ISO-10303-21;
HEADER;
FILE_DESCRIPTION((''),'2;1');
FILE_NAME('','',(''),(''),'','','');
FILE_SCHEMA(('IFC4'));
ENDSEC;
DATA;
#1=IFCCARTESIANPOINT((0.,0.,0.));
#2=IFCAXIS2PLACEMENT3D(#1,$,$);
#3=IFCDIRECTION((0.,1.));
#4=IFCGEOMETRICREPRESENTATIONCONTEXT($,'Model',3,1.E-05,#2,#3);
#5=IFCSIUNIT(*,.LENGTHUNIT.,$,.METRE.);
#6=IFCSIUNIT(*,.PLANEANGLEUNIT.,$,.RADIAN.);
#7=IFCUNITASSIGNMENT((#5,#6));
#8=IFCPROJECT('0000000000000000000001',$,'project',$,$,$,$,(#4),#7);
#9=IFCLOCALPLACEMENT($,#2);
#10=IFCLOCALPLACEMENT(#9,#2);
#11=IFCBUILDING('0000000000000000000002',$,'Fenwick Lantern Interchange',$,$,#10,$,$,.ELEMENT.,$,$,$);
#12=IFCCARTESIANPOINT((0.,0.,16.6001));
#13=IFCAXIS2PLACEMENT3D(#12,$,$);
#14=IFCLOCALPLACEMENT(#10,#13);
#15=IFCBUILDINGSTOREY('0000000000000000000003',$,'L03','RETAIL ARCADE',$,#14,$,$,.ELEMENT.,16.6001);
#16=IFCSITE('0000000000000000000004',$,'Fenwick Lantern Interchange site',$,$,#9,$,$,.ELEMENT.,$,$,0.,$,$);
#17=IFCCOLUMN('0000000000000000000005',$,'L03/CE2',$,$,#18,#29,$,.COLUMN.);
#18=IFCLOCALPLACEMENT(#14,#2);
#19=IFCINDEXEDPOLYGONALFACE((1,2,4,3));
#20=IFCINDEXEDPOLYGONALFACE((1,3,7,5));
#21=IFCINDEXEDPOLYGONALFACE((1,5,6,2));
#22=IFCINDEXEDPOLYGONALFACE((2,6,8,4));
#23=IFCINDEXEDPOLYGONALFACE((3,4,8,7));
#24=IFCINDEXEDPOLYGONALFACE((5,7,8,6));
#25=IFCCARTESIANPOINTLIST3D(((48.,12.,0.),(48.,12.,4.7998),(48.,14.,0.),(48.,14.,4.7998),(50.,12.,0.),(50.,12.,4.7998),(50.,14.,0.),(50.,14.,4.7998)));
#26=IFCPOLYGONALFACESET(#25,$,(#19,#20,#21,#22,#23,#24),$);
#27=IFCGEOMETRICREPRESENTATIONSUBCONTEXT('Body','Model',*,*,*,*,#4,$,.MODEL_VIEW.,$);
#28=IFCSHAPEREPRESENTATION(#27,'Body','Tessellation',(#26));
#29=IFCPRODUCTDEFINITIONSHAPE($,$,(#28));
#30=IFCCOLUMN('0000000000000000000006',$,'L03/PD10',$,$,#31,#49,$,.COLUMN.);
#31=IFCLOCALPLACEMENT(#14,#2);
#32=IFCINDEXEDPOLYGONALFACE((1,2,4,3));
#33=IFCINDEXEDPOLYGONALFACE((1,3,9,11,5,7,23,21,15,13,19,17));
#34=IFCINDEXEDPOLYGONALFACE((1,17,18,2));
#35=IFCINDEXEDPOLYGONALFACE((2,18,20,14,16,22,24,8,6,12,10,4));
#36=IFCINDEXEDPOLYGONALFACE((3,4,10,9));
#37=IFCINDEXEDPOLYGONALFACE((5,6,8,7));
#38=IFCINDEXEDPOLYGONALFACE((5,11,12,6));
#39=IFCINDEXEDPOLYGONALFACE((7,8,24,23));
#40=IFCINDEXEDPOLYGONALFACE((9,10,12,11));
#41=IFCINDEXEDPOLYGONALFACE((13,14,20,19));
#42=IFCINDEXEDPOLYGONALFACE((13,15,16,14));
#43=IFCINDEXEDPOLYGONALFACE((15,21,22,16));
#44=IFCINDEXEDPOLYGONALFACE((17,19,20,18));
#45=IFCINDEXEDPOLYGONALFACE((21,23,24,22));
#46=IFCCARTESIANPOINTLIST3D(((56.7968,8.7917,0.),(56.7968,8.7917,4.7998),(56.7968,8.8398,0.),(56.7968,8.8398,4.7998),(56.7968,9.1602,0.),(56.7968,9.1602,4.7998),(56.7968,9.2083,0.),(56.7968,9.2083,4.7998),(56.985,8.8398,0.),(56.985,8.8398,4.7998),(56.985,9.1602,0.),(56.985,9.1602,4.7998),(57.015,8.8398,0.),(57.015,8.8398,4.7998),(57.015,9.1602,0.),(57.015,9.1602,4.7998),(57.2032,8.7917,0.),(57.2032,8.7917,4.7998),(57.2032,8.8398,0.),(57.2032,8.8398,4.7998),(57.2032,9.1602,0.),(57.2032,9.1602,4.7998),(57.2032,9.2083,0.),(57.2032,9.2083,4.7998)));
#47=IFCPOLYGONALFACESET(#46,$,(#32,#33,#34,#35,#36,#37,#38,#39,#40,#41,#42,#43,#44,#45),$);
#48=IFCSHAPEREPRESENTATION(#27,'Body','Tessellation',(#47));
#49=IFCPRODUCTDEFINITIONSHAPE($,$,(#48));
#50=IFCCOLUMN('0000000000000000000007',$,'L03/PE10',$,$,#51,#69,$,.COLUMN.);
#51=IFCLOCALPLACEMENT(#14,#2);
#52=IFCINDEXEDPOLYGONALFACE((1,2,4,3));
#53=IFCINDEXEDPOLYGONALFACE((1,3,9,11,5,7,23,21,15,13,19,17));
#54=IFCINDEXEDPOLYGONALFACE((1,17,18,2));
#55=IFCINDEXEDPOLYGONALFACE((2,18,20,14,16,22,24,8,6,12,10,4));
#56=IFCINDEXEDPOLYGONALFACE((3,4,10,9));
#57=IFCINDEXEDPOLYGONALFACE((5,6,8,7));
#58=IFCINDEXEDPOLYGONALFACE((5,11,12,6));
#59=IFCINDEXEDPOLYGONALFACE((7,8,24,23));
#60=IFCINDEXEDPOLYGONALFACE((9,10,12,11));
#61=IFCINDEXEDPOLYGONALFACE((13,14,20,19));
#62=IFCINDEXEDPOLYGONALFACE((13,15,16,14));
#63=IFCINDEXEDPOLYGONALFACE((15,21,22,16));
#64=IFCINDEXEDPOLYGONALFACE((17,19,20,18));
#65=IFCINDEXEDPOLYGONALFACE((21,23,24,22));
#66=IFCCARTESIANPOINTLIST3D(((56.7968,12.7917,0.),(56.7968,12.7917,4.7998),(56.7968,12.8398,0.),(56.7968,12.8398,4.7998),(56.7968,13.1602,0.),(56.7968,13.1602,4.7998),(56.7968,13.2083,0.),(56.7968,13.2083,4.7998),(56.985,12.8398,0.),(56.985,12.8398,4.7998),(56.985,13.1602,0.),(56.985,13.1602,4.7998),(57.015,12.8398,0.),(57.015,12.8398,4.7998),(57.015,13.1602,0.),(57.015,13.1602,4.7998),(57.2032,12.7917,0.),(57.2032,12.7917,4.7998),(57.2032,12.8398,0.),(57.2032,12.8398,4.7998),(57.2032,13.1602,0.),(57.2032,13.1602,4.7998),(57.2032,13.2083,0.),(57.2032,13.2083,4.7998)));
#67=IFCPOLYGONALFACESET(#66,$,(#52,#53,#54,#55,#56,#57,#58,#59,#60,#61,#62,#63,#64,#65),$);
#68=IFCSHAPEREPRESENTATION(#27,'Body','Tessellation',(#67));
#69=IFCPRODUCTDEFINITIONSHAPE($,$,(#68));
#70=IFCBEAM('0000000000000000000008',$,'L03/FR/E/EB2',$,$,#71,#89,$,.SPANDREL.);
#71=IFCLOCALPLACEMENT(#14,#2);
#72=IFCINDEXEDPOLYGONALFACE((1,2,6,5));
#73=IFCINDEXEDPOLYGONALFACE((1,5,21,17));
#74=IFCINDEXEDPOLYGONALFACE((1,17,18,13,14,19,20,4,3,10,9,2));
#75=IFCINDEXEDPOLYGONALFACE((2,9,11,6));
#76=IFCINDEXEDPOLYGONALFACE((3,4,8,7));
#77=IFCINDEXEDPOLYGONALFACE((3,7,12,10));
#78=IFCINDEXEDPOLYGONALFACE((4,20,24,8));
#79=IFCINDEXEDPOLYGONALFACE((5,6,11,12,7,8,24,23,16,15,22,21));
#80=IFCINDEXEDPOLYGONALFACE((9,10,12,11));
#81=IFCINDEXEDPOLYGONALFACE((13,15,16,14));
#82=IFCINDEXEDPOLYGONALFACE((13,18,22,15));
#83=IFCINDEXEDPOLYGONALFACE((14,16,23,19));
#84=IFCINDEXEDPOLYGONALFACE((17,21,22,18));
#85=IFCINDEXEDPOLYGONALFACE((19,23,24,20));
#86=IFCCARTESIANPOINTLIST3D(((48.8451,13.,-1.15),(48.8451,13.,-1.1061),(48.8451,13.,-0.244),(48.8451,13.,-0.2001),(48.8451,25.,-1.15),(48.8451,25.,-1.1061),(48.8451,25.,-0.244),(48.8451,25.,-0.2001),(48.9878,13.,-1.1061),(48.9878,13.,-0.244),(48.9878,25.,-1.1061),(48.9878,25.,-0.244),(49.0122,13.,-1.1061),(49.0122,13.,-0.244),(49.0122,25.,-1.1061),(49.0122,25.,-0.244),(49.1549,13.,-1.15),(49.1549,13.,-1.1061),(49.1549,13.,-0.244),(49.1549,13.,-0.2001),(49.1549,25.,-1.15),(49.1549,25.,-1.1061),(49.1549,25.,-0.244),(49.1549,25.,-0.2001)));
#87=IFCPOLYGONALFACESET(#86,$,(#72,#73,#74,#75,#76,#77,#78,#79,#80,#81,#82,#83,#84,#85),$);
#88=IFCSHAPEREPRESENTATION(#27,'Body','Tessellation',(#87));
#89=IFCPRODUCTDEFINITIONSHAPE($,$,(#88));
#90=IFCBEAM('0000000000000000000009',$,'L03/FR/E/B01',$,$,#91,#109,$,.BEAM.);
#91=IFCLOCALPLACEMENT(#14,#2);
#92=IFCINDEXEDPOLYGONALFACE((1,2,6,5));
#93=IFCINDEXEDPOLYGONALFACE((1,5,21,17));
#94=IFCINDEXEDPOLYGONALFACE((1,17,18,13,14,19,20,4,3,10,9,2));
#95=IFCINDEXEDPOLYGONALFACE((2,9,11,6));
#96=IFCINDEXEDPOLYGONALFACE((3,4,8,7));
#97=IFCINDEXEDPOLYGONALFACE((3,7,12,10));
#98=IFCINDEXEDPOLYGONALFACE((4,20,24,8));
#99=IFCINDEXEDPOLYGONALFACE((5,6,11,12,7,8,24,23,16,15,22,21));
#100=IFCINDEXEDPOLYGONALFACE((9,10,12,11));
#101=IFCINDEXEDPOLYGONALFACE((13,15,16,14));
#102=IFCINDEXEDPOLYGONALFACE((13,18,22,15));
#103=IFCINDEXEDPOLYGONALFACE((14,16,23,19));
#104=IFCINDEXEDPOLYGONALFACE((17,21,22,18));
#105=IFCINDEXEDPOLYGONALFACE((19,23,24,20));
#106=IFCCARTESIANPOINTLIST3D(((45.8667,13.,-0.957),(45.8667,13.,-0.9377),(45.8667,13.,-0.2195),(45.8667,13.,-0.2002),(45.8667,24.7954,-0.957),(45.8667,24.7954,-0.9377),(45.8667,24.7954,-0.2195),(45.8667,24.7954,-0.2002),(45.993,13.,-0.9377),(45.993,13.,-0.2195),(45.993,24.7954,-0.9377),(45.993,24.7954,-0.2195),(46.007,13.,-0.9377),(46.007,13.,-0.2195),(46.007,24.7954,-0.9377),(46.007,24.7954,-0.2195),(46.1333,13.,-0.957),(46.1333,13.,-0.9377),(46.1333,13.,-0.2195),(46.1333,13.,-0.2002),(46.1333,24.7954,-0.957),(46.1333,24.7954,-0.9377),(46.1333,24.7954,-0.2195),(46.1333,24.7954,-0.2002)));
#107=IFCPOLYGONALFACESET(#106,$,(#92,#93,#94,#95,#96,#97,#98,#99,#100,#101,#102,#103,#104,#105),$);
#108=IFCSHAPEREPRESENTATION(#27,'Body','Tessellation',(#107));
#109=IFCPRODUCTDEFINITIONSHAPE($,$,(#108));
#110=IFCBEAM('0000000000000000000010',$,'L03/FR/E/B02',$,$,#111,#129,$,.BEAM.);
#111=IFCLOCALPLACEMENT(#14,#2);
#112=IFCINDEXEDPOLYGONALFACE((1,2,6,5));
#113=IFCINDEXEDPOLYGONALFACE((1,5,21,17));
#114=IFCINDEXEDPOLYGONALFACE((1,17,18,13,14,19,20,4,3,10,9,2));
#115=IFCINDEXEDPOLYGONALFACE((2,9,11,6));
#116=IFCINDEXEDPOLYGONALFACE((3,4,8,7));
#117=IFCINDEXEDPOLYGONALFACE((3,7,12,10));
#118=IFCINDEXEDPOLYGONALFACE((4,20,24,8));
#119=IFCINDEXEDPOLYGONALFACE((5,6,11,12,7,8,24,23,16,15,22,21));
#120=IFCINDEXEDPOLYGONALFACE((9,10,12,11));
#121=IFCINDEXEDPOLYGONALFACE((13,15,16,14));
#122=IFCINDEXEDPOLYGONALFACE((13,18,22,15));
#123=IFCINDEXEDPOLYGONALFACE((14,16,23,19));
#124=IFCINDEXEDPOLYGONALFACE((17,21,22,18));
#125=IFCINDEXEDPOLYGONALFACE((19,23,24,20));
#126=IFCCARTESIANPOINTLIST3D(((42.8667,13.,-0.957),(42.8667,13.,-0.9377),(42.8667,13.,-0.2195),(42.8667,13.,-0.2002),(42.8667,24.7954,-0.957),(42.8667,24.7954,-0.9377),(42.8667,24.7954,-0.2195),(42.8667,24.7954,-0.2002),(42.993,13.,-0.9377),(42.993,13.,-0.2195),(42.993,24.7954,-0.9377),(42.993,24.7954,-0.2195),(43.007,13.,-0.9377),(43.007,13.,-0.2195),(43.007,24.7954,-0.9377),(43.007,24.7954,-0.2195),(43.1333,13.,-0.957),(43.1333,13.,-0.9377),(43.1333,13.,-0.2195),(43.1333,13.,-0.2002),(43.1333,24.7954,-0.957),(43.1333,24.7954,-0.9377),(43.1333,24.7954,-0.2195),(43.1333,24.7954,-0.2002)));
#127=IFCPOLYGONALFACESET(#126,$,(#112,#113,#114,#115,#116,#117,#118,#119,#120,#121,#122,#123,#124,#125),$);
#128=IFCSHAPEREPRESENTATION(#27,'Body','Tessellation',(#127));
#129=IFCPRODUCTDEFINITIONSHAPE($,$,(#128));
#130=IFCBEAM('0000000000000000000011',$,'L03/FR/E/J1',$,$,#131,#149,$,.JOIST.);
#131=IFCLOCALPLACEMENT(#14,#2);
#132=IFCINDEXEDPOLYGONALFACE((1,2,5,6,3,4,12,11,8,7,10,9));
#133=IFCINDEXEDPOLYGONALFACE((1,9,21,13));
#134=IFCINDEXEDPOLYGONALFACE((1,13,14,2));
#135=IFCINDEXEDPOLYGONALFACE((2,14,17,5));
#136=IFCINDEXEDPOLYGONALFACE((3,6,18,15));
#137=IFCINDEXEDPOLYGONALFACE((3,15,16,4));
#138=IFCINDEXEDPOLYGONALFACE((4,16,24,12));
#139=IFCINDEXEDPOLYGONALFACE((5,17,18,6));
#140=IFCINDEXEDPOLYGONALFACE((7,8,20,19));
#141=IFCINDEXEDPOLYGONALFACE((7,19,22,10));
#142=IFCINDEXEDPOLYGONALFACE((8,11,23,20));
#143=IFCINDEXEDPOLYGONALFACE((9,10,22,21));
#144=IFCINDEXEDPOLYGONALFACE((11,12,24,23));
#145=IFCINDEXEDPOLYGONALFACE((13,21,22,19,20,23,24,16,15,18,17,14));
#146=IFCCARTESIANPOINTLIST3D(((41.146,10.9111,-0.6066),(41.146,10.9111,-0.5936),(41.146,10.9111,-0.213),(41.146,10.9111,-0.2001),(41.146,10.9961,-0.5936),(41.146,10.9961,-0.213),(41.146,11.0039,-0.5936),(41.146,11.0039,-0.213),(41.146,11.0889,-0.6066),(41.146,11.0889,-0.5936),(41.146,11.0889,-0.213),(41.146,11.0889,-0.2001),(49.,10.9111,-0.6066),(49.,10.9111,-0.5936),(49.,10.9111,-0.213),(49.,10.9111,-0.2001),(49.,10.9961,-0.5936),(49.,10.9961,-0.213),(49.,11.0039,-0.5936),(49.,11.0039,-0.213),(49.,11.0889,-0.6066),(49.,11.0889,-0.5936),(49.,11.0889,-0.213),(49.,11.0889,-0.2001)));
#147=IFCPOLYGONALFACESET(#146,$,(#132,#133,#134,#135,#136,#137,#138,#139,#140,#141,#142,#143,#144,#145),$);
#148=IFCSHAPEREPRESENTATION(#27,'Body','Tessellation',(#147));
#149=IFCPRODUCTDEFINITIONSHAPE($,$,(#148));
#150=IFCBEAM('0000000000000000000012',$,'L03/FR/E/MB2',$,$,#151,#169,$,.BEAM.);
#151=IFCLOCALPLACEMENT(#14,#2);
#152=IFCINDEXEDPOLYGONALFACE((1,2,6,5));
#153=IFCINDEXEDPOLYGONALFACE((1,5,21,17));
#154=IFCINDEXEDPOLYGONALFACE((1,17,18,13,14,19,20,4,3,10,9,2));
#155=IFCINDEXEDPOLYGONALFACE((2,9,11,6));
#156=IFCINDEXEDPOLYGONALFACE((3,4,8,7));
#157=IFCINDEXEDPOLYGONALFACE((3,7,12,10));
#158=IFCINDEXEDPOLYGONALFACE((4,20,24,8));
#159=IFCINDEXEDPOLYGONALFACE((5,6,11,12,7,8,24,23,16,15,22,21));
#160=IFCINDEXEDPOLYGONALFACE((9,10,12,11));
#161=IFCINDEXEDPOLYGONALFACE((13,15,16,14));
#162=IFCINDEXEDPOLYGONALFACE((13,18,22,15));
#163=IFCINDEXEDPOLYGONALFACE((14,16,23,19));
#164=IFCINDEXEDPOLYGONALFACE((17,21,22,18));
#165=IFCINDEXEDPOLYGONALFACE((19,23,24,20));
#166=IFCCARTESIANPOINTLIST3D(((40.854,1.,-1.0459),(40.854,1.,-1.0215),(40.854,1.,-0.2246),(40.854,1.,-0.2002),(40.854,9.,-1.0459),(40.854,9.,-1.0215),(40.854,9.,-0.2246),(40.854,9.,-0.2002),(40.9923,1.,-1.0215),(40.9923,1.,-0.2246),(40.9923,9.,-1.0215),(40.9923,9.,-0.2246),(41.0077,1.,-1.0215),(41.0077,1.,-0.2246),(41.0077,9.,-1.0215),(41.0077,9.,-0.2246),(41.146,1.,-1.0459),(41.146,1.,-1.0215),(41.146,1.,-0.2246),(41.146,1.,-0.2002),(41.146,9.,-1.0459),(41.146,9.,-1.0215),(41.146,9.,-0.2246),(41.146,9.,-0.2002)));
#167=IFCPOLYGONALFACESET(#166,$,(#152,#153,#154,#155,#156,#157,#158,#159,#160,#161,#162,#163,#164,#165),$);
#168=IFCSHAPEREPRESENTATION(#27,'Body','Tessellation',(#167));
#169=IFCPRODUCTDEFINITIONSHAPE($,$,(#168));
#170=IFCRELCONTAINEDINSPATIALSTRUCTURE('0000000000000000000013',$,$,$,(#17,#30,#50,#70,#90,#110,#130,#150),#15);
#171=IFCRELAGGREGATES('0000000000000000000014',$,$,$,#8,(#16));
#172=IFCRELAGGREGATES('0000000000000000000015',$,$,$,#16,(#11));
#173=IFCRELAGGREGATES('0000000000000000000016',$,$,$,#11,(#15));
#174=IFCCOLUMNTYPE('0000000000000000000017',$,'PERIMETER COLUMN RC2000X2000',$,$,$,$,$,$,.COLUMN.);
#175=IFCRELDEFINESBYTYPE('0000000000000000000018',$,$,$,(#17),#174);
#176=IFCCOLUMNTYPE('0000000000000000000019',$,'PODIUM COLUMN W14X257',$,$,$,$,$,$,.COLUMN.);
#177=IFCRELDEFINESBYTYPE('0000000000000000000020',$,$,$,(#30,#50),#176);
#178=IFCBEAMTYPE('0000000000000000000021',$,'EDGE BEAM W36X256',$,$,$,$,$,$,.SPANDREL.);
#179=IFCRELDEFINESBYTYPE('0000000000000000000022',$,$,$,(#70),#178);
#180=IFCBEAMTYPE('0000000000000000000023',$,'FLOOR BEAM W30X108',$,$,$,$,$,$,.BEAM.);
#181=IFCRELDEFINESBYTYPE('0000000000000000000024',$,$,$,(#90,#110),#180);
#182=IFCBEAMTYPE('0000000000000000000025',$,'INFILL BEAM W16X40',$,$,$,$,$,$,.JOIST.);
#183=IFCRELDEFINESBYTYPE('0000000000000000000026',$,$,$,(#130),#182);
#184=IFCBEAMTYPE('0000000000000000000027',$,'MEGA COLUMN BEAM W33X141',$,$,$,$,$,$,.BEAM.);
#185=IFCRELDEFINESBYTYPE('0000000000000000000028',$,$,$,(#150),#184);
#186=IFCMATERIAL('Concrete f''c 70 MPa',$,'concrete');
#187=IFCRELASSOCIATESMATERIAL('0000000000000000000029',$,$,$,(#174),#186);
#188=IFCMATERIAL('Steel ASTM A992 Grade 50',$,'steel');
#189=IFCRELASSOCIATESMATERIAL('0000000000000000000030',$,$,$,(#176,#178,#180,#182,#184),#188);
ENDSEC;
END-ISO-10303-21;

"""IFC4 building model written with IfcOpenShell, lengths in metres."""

from ifc_helpers import new_model, si_unit, direction, frame, origin, origin_2d, place, context, subcontext, project, spatial, rectangle, i_section, extrude, material, material_profile, profile_set, type_object, element, save


model = new_model("IFC4")

# Units and contexts
model_context = context("Model", 3, precision=1e-05, world=origin(), true_north=direction((0.0, 1.0)))
body_context = subcontext(model_context, "Body", "Model", "MODEL_VIEW")
ifc_project = project(units=[si_unit("LENGTHUNIT", "METRE"), si_unit("PLANEANGLEUNIT", "RADIAN")], contexts=[model_context])

# Site, building, storey
site_placement = place(None, origin())
site = spatial("IfcSite", under=ifc_project, at=site_placement, Name="Fenwick Lantern Interchange site", CompositionType="ELEMENT", RefElevation=0.0)
building_placement = place(site_placement, origin())
building = spatial("IfcBuilding", under=site, at=building_placement, Name="Fenwick Lantern Interchange", CompositionType="ELEMENT")
storey_placement = place(building_placement, frame((0.0, 0.0, 16.6001)))
storey = spatial("IfcBuildingStorey", under=building, at=storey_placement, Name="L03", Description="RETAIL ARCADE", CompositionType="ELEMENT", Elevation=16.6001)

# Columns
ifc_material_1 = material(Name="Concrete f'c 70 MPa", Category="concrete")
ifc_material_profile_1 = material_profile(ifc_material_1, rectangle(XDim=2.0, YDim=2.0, at=origin_2d()), Name="RC2000X2000")
ifc_profile_set_1 = profile_set([ifc_material_profile_1], Name="Concrete f'c 70 MPa")
column_type_1 = type_object("IfcColumnType", Name="PERIMETER COLUMN RC2000X2000", PredefinedType="COLUMN", material=ifc_profile_set_1)
column_placement = place(storey_placement, frame((49.0, 13.0, 0.0), z_axis=(0.0, 0.0, 1.0), x_axis=(1.0, 0.0, 0.0)))
element("IfcColumn", 1, at=column_placement, inside=storey, type_object=column_type_1, Name="L03/CE2", PredefinedType="COLUMN", context=body_context, shape_type="SweptSolid", body=[
    extrude(rectangle(XDim=2.0, YDim=2.0, at=origin_2d()), origin(), (0.0, 0.0, 1.0), 4.7998),
])
ifc_material_2 = material(Name="Steel ASTM A992 Grade 50", Category="steel")
ifc_material_profile_2 = material_profile(ifc_material_2, i_section(OverallWidth=0.4065, OverallDepth=0.4165, WebThickness=0.03, FlangeThickness=0.0481, at=origin_2d()), Name="W14X257")
ifc_profile_set_2 = profile_set([ifc_material_profile_2], Name="Steel ASTM A992 Grade 50")
column_type_2 = type_object("IfcColumnType", Name="PODIUM COLUMN W14X257", PredefinedType="COLUMN", material=ifc_profile_set_2)
for number, where, z_axis, x_axis, name in (
    (2, (57.0, 9.0, 0.0), (0.0, 0.0, 1.0), (1.0, 0.0, 0.0), "L03/PD10"),
    (3, (57.0, 13.0, 0.0), (0.0, 0.0, 1.0), (1.0, 0.0, 0.0), "L03/PE10"),
):
    element("IfcColumn", number, at=place(storey_placement, frame(where, z_axis=z_axis, x_axis=x_axis)), inside=storey, type_object=column_type_2, Name=name, PredefinedType="COLUMN", context=body_context, shape_type="SweptSolid", body=[
        extrude(i_section(OverallWidth=0.4065, OverallDepth=0.4165, WebThickness=0.03, FlangeThickness=0.0481, at=origin_2d()), origin(), (0.0, 0.0, 1.0), 4.7998),
    ])

# Beams
ifc_material_profile_3 = material_profile(ifc_material_2, i_section(OverallWidth=0.3098, OverallDepth=0.95, WebThickness=0.0244, FlangeThickness=0.0439, at=origin_2d()), Name="W36X256")
ifc_profile_set_3 = profile_set([ifc_material_profile_3], Name="Steel ASTM A992 Grade 50")
beam_type_1 = type_object("IfcBeamType", Name="EDGE BEAM W36X256", PredefinedType="SPANDREL", material=ifc_profile_set_3)
beam_1_placement = place(storey_placement, frame((49.0, 13.0, -0.675), z_axis=(0.0, 1.0, 0.0), x_axis=(-1.0, 0.0, 0.0)))
element("IfcBeam", 4, at=beam_1_placement, inside=storey, type_object=beam_type_1, Name="L03/FR/E/EB2", PredefinedType="SPANDREL", context=body_context, shape_type="SweptSolid", body=[
    extrude(i_section(OverallWidth=0.3098, OverallDepth=0.95, WebThickness=0.0244, FlangeThickness=0.0439, at=origin_2d()), origin(), (0.0, 0.0, 1.0), 12.0),
])
ifc_material_profile_4 = material_profile(ifc_material_2, i_section(OverallWidth=0.2666, OverallDepth=0.7568, WebThickness=0.0139, FlangeThickness=0.0193, at=origin_2d()), Name="W30X108")
ifc_profile_set_4 = profile_set([ifc_material_profile_4], Name="Steel ASTM A992 Grade 50")
beam_type_2 = type_object("IfcBeamType", Name="FLOOR BEAM W30X108", PredefinedType="BEAM", material=ifc_profile_set_4)
for number, where, z_axis, x_axis, name in (
    (5, (46.0, 13.0, -0.5786), (0.0, 1.0, 0.0), (-1.0, 0.0, 0.0), "L03/FR/E/B01"),
    (6, (43.0, 13.0, -0.5786), (0.0, 1.0, 0.0), (-1.0, 0.0, 0.0), "L03/FR/E/B02"),
):
    element("IfcBeam", number, at=place(storey_placement, frame(where, z_axis=z_axis, x_axis=x_axis)), inside=storey, type_object=beam_type_2, Name=name, PredefinedType="BEAM", context=body_context, shape_type="SweptSolid", body=[
        extrude(i_section(OverallWidth=0.2666, OverallDepth=0.7568, WebThickness=0.0139, FlangeThickness=0.0193, at=origin_2d()), origin(), (0.0, 0.0, 1.0), 11.7954),
    ])
ifc_material_profile_5 = material_profile(ifc_material_2, i_section(OverallWidth=0.1777, OverallDepth=0.4065, WebThickness=0.0078, FlangeThickness=0.0129, at=origin_2d()), Name="W16X40")
ifc_profile_set_5 = profile_set([ifc_material_profile_5], Name="Steel ASTM A992 Grade 50")
beam_type_3 = type_object("IfcBeamType", Name="INFILL BEAM W16X40", PredefinedType="JOIST", material=ifc_profile_set_5)
beam_2_placement = place(storey_placement, frame((49.0, 11.0, -0.4033), z_axis=(-1.0, 0.0, 0.0), x_axis=(0.0, -1.0, 0.0)))
element("IfcBeam", 7, at=beam_2_placement, inside=storey, type_object=beam_type_3, Name="L03/FR/E/J1", PredefinedType="JOIST", context=body_context, shape_type="SweptSolid", body=[
    extrude(i_section(OverallWidth=0.1777, OverallDepth=0.4065, WebThickness=0.0078, FlangeThickness=0.0129, at=origin_2d()), origin(), (0.0, 0.0, 1.0), 7.854),
])
ifc_material_profile_6 = material_profile(ifc_material_2, i_section(OverallWidth=0.292, OverallDepth=0.8457, WebThickness=0.0154, FlangeThickness=0.0244, at=origin_2d()), Name="W33X141")
ifc_profile_set_6 = profile_set([ifc_material_profile_6], Name="Steel ASTM A992 Grade 50")
beam_type_4 = type_object("IfcBeamType", Name="MEGA COLUMN BEAM W33X141", PredefinedType="BEAM", material=ifc_profile_set_6)
beam_3_placement = place(storey_placement, frame((41.0, 9.0, -0.623), z_axis=(0.0, -1.0, 0.0), x_axis=(1.0, 0.0, 0.0)))
element("IfcBeam", 8, at=beam_3_placement, inside=storey, type_object=beam_type_4, Name="L03/FR/E/MB2", PredefinedType="BEAM", context=body_context, shape_type="SweptSolid", body=[
    extrude(i_section(OverallWidth=0.292, OverallDepth=0.8457, WebThickness=0.0154, FlangeThickness=0.0244, at=origin_2d()), origin(), (0.0, 0.0, 1.0), 8.0),
])

save(model, "model.ifc")
